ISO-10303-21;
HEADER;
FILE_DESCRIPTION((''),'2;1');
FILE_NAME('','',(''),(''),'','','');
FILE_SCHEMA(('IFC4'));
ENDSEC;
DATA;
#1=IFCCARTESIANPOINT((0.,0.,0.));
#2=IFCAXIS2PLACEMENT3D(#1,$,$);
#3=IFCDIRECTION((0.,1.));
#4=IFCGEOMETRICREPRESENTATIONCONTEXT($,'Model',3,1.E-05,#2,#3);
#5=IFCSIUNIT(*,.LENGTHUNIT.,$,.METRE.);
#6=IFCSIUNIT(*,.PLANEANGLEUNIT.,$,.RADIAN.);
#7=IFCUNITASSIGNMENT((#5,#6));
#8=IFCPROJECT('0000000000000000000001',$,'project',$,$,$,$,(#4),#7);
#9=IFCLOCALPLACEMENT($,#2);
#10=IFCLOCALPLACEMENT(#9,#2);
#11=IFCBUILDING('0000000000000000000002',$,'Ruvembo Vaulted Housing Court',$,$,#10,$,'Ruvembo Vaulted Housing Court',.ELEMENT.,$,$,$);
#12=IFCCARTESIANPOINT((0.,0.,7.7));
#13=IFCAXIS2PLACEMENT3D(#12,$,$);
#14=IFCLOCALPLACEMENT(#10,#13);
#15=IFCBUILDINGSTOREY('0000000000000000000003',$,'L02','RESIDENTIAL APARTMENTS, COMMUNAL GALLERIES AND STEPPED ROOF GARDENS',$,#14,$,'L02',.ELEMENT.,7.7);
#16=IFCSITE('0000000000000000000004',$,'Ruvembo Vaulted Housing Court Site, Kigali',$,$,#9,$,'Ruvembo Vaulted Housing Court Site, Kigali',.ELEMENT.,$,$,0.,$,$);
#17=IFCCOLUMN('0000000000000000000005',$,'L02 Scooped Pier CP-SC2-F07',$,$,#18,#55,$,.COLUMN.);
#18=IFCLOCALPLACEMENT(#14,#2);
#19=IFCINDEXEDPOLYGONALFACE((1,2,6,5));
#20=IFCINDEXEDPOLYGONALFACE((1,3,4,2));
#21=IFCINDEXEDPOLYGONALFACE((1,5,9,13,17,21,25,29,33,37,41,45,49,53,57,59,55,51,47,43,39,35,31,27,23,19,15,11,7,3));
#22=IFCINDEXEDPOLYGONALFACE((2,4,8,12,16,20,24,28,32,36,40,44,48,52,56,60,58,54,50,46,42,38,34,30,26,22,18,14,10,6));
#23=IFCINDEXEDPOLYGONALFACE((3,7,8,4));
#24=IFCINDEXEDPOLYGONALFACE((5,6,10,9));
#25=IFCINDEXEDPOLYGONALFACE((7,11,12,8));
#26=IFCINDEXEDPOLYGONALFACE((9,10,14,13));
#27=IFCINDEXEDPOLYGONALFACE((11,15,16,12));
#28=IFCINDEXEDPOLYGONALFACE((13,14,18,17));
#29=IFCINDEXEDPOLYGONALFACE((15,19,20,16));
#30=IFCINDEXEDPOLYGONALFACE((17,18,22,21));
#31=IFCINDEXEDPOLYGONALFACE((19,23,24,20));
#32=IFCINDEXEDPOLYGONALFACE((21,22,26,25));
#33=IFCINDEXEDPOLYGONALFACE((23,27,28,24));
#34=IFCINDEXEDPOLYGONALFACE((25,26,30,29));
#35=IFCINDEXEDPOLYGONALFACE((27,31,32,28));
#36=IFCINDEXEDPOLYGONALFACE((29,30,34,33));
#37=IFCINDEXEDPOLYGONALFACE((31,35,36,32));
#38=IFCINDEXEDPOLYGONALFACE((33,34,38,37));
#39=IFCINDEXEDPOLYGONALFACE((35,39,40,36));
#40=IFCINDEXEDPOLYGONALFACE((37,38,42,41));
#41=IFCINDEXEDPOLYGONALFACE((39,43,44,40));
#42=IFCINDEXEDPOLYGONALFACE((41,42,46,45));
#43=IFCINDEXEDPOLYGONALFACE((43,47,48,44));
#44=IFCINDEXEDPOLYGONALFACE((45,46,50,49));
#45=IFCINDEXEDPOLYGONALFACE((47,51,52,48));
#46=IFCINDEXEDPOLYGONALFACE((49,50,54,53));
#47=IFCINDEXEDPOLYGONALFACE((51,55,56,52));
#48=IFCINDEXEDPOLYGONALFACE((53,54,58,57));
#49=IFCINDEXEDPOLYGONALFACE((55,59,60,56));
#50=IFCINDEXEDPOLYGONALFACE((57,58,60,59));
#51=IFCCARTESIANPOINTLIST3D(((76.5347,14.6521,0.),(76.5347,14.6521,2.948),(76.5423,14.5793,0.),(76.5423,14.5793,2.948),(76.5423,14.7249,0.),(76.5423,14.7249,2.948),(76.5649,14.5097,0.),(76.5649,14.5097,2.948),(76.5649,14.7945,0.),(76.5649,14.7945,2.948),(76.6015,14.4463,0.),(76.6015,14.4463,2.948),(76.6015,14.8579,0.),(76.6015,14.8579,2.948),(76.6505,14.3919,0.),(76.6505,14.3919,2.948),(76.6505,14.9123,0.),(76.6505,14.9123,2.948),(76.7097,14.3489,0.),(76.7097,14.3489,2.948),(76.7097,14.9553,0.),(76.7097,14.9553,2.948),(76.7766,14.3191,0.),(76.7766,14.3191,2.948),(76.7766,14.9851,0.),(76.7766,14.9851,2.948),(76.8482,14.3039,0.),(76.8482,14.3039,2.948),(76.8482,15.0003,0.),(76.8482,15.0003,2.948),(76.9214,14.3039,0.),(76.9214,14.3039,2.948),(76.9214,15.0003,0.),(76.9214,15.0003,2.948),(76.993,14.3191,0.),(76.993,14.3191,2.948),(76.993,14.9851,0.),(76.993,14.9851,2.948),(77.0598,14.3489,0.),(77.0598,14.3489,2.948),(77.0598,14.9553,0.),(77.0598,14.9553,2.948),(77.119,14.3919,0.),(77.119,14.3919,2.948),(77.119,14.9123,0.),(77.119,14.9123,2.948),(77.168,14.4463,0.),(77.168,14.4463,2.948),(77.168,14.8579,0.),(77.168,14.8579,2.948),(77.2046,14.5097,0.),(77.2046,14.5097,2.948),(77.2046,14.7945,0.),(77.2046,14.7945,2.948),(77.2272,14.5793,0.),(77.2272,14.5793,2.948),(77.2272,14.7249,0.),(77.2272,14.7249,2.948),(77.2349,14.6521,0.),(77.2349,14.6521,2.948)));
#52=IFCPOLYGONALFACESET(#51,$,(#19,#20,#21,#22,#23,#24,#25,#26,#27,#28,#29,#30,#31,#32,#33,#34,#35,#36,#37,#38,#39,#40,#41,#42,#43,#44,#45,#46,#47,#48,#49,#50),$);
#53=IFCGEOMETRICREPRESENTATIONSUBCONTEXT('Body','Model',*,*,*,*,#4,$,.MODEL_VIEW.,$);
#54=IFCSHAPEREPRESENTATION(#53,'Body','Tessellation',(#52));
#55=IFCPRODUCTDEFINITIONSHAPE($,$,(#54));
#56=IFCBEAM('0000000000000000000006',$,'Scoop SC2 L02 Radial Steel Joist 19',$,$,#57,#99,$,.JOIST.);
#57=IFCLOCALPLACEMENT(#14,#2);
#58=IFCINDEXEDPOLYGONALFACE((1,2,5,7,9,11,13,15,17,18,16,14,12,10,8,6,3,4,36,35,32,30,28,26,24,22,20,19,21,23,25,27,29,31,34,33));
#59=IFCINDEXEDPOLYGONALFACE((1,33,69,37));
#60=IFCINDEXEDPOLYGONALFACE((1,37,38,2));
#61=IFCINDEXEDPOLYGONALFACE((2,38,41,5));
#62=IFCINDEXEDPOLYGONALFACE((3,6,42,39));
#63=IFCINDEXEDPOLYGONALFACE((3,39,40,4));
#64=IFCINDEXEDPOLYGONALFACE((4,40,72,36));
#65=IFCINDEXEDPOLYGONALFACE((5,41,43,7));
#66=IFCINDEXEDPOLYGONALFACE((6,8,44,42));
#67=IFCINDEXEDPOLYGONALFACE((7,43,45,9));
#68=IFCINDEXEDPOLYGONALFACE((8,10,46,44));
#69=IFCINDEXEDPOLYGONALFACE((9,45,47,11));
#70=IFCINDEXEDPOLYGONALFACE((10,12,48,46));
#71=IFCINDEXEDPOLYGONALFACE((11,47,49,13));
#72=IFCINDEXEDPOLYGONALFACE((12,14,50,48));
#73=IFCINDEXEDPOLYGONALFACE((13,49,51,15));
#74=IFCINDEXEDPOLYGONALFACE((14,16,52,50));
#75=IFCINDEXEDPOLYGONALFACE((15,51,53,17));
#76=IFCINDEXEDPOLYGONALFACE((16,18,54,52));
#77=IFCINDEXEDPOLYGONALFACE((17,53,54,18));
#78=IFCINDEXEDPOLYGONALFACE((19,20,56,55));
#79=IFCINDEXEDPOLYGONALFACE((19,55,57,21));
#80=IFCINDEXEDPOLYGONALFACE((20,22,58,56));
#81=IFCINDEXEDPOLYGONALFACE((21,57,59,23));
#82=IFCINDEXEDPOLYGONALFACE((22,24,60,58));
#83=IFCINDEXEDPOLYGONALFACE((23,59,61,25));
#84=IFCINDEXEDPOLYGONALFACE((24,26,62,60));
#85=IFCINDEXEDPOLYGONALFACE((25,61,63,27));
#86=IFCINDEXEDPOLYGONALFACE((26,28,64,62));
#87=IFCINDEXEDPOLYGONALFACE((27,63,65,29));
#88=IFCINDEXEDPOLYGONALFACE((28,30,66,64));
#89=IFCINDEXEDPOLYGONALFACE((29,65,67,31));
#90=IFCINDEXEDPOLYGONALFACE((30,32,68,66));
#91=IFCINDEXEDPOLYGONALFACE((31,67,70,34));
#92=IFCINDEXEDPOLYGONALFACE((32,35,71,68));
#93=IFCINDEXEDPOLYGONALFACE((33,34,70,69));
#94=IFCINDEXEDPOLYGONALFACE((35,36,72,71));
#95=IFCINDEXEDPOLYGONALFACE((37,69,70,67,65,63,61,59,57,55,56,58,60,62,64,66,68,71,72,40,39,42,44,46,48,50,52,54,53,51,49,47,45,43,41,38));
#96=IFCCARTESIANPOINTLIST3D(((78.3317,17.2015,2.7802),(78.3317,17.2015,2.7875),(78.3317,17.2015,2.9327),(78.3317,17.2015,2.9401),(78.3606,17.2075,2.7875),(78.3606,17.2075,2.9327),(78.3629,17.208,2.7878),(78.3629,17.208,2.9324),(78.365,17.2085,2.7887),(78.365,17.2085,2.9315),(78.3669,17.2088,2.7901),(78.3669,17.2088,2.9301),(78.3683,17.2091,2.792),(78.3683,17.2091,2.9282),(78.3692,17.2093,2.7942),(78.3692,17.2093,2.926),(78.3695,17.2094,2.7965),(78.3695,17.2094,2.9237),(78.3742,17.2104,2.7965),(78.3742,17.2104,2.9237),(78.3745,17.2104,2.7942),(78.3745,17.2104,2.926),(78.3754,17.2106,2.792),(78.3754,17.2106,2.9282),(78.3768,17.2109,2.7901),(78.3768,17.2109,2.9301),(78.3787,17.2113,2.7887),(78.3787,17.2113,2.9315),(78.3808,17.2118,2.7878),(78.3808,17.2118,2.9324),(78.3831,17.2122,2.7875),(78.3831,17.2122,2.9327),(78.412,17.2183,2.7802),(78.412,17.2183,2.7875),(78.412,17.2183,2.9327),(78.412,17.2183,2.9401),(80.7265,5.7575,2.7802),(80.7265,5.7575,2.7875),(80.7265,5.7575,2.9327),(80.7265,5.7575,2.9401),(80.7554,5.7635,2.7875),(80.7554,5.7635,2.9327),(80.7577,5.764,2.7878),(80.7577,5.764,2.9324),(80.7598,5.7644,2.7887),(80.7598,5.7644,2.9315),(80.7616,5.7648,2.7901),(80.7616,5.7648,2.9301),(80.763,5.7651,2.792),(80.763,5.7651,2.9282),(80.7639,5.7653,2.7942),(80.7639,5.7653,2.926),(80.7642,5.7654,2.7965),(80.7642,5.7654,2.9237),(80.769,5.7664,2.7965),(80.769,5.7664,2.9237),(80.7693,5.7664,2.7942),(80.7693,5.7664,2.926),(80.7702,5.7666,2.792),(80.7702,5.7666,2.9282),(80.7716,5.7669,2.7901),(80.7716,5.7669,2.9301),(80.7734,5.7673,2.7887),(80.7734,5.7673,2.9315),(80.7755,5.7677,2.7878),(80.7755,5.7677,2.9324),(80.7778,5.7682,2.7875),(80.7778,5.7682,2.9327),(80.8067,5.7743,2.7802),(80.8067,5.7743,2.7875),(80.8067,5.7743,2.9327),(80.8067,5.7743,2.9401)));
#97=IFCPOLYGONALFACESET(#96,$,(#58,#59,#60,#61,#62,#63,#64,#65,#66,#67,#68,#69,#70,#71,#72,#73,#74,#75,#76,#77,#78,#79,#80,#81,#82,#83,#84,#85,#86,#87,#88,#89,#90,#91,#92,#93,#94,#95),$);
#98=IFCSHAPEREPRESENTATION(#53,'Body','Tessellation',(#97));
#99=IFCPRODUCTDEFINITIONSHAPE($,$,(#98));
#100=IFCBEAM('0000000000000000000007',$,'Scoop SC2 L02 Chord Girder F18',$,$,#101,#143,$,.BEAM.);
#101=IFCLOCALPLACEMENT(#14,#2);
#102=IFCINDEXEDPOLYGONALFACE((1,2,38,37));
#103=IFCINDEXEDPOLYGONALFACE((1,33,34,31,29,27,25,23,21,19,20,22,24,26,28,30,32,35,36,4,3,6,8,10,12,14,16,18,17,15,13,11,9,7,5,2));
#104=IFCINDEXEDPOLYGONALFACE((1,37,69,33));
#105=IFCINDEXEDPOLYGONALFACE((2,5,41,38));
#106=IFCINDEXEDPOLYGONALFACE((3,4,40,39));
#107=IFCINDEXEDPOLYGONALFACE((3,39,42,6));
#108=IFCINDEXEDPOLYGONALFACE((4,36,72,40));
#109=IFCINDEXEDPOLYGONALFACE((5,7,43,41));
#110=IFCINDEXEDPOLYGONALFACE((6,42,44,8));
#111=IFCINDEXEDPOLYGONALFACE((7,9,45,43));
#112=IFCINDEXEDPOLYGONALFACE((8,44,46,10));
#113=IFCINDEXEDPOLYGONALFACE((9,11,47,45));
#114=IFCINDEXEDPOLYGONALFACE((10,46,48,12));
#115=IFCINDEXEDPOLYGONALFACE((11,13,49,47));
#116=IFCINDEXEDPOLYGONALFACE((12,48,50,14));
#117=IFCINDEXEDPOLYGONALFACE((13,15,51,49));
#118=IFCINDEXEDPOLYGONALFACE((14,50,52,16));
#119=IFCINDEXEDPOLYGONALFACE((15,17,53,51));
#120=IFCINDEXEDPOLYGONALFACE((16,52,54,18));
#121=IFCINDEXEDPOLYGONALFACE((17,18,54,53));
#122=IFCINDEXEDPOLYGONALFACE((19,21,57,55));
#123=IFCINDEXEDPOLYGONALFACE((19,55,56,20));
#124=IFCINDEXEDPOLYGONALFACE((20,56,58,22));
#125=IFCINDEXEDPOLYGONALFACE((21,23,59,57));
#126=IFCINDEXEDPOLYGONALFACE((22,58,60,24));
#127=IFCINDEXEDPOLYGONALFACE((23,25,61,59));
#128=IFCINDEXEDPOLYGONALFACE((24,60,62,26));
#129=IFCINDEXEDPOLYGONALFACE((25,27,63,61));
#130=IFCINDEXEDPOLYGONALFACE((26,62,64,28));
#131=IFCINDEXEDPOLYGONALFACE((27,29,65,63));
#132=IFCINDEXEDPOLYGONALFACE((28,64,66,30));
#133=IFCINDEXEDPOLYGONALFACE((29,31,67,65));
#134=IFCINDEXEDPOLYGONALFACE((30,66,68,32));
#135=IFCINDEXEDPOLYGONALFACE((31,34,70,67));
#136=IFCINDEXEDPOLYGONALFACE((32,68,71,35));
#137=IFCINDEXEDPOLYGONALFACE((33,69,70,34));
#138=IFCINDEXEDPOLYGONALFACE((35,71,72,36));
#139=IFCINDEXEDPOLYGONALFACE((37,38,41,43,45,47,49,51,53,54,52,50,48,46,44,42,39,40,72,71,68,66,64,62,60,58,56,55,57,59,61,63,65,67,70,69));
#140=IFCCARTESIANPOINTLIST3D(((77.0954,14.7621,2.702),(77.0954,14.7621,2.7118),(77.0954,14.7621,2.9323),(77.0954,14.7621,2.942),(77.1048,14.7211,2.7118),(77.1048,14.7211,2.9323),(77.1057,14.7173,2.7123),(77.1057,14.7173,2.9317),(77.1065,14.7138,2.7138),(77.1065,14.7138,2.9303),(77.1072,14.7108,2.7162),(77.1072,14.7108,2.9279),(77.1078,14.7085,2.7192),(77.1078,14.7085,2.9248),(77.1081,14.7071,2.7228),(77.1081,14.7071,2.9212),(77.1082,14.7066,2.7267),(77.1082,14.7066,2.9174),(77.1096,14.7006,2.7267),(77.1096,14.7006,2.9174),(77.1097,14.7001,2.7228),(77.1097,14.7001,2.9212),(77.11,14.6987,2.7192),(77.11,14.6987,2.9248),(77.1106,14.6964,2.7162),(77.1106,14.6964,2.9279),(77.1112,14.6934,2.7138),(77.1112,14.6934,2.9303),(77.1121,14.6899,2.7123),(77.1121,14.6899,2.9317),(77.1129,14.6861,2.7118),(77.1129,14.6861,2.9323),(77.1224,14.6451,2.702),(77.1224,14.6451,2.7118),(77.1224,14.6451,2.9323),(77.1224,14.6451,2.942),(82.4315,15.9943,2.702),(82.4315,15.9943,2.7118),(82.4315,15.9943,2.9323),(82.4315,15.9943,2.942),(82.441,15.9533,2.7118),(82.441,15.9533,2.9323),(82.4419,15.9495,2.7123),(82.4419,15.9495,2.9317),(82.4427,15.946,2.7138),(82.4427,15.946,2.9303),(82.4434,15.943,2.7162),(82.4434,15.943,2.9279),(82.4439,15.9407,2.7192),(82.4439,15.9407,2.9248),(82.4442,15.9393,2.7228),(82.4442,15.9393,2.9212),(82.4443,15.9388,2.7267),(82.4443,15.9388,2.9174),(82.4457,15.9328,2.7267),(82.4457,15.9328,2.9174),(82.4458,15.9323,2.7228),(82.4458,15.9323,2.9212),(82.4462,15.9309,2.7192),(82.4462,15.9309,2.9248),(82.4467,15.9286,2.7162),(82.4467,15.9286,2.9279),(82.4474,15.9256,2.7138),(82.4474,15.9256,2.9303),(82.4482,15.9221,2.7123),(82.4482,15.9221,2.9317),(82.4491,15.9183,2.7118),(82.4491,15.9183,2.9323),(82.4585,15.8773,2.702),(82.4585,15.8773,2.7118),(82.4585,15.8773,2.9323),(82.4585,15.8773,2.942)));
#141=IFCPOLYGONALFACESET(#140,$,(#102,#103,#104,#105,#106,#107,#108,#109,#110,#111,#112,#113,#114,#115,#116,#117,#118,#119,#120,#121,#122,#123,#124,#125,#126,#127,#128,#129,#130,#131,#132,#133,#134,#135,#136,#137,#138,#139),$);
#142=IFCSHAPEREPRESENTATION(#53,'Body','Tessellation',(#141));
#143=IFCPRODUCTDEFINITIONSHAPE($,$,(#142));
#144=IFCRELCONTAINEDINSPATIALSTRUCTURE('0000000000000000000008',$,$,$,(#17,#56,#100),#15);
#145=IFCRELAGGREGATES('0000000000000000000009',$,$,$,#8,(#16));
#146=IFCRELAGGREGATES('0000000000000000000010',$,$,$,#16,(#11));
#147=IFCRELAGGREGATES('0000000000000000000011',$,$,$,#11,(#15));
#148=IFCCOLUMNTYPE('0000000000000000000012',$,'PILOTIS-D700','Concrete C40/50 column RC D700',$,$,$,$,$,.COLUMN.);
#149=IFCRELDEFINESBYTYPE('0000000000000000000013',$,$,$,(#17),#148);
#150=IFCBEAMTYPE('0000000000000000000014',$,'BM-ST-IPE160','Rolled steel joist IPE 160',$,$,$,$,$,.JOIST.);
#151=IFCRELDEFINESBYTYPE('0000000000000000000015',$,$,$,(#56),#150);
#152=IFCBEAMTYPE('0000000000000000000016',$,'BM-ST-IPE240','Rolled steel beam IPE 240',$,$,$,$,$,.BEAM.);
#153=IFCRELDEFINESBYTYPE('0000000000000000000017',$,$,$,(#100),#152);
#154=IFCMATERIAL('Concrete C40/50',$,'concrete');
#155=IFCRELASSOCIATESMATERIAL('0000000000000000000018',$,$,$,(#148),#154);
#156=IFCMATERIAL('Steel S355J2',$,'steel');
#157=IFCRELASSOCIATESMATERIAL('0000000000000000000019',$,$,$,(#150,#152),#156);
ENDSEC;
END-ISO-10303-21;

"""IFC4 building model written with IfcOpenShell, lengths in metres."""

from ifc_helpers import new_model, si_unit, direction, frame, origin, origin_2d, place, context, subcontext, project, spatial, circle, i_section, extrude, material, material_profile, profile_set, type_object, element, save


model = new_model("IFC4")

# Units and contexts
model_context = context("Model", 3, precision=1e-05, world=origin(), true_north=direction((0.0, 1.0)))
body_context = subcontext(model_context, "Body", "Model", "MODEL_VIEW")
ifc_project = project(units=[si_unit("LENGTHUNIT", "METRE"), si_unit("PLANEANGLEUNIT", "RADIAN")], contexts=[model_context])

# Site, building, storey
site_placement = place(None, origin())
site = spatial("IfcSite", under=ifc_project, at=site_placement, Name="Ruvembo Vaulted Housing Court Site, Kigali", LongName="Ruvembo Vaulted Housing Court Site, Kigali", CompositionType="ELEMENT", RefElevation=0.0)
building_placement = place(site_placement, origin())
building = spatial("IfcBuilding", under=site, at=building_placement, Name="Ruvembo Vaulted Housing Court", LongName="Ruvembo Vaulted Housing Court", CompositionType="ELEMENT")
storey_placement = place(building_placement, frame((0.0, 0.0, 7.7)))
storey = spatial("IfcBuildingStorey", under=building, at=storey_placement, Name="L02", Description="RESIDENTIAL APARTMENTS, COMMUNAL GALLERIES AND STEPPED ROOF GARDENS", LongName="L02", CompositionType="ELEMENT", Elevation=7.7)

# Column
ifc_material_1 = material(Name="Concrete C40/50", Category="concrete")
ifc_material_profile_1 = material_profile(ifc_material_1, circle(Radius=0.3501, at=origin_2d()), Name="RC D700")
ifc_profile_set_1 = profile_set([ifc_material_profile_1], Name="Concrete C40/50")
column_type = type_object("IfcColumnType", Name="PILOTIS-D700", Description="Concrete C40/50 column RC D700", PredefinedType="COLUMN", material=ifc_profile_set_1)
column_placement = place(storey_placement, frame((76.8848, 14.6521, 0.0), z_axis=(0.0, 0.0, 1.0), x_axis=(1.0, 0.0, 0.0)))
element("IfcColumn", 1, at=column_placement, inside=storey, type_object=column_type, Name="L02 Scooped Pier CP-SC2-F07", PredefinedType="COLUMN", context=body_context, shape_type="SweptSolid", body=[
    extrude(circle(Radius=0.3501, at=origin_2d()), origin(), (0.0, 0.0, 1.0), 2.948),
])

# Beams
ifc_material_2 = material(Name="Steel S355J2", Category="steel")
ifc_material_profile_2 = material_profile(ifc_material_2, i_section(OverallWidth=0.082, OverallDepth=0.1599, WebThickness=0.0049, FlangeThickness=0.0073, FilletRadius=0.009, at=origin_2d()), Name="IPE 160")
ifc_profile_set_2 = profile_set([ifc_material_profile_2], Name="Steel S355J2")
beam_type_1 = type_object("IfcBeamType", Name="BM-ST-IPE160", Description="Rolled steel joist IPE 160", PredefinedType="JOIST", material=ifc_profile_set_2)
beam_1_placement = place(storey_placement, frame((80.7666, 5.7659, 2.8601), z_axis=(-0.204822, 0.978799, 0.0), x_axis=(-0.978799, -0.204822, 0.0)))
element("IfcBeam", 2, at=beam_1_placement, inside=storey, type_object=beam_type_1, Name="Scoop SC2 L02 Radial Steel Joist 19", PredefinedType="JOIST", context=body_context, shape_type="SweptSolid", body=[
    extrude(i_section(OverallWidth=0.082, OverallDepth=0.1599, WebThickness=0.0049, FlangeThickness=0.0073, FilletRadius=0.009, at=origin_2d()), origin(), (0.0, 0.0, 1.0), 11.6919),
])
ifc_material_profile_3 = material_profile(ifc_material_2, i_section(OverallWidth=0.1201, OverallDepth=0.24, WebThickness=0.0061, FlangeThickness=0.0098, FilletRadius=0.0149, at=origin_2d()), Name="IPE 240")
ifc_profile_set_3 = profile_set([ifc_material_profile_3], Name="Steel S355J2")
beam_type_2 = type_object("IfcBeamType", Name="BM-ST-IPE240", Description="Rolled steel beam IPE 240", PredefinedType="BEAM", material=ifc_profile_set_3)
beam_2_placement = place(storey_placement, frame((77.1089, 14.7036, 2.822), z_axis=(0.974361, 0.22499, 0.0), x_axis=(-0.22499, 0.974361, 0.0)))
element("IfcBeam", 3, at=beam_2_placement, inside=storey, type_object=beam_type_2, Name="Scoop SC2 L02 Chord Girder F18", PredefinedType="BEAM", context=body_context, shape_type="SweptSolid", body=[
    extrude(i_section(OverallWidth=0.1201, OverallDepth=0.24, WebThickness=0.0061, FlangeThickness=0.0098, FilletRadius=0.0149, at=origin_2d()), origin(), (0.0, 0.0, 1.0), 5.4766),
])

save(model, "model.ifc")
